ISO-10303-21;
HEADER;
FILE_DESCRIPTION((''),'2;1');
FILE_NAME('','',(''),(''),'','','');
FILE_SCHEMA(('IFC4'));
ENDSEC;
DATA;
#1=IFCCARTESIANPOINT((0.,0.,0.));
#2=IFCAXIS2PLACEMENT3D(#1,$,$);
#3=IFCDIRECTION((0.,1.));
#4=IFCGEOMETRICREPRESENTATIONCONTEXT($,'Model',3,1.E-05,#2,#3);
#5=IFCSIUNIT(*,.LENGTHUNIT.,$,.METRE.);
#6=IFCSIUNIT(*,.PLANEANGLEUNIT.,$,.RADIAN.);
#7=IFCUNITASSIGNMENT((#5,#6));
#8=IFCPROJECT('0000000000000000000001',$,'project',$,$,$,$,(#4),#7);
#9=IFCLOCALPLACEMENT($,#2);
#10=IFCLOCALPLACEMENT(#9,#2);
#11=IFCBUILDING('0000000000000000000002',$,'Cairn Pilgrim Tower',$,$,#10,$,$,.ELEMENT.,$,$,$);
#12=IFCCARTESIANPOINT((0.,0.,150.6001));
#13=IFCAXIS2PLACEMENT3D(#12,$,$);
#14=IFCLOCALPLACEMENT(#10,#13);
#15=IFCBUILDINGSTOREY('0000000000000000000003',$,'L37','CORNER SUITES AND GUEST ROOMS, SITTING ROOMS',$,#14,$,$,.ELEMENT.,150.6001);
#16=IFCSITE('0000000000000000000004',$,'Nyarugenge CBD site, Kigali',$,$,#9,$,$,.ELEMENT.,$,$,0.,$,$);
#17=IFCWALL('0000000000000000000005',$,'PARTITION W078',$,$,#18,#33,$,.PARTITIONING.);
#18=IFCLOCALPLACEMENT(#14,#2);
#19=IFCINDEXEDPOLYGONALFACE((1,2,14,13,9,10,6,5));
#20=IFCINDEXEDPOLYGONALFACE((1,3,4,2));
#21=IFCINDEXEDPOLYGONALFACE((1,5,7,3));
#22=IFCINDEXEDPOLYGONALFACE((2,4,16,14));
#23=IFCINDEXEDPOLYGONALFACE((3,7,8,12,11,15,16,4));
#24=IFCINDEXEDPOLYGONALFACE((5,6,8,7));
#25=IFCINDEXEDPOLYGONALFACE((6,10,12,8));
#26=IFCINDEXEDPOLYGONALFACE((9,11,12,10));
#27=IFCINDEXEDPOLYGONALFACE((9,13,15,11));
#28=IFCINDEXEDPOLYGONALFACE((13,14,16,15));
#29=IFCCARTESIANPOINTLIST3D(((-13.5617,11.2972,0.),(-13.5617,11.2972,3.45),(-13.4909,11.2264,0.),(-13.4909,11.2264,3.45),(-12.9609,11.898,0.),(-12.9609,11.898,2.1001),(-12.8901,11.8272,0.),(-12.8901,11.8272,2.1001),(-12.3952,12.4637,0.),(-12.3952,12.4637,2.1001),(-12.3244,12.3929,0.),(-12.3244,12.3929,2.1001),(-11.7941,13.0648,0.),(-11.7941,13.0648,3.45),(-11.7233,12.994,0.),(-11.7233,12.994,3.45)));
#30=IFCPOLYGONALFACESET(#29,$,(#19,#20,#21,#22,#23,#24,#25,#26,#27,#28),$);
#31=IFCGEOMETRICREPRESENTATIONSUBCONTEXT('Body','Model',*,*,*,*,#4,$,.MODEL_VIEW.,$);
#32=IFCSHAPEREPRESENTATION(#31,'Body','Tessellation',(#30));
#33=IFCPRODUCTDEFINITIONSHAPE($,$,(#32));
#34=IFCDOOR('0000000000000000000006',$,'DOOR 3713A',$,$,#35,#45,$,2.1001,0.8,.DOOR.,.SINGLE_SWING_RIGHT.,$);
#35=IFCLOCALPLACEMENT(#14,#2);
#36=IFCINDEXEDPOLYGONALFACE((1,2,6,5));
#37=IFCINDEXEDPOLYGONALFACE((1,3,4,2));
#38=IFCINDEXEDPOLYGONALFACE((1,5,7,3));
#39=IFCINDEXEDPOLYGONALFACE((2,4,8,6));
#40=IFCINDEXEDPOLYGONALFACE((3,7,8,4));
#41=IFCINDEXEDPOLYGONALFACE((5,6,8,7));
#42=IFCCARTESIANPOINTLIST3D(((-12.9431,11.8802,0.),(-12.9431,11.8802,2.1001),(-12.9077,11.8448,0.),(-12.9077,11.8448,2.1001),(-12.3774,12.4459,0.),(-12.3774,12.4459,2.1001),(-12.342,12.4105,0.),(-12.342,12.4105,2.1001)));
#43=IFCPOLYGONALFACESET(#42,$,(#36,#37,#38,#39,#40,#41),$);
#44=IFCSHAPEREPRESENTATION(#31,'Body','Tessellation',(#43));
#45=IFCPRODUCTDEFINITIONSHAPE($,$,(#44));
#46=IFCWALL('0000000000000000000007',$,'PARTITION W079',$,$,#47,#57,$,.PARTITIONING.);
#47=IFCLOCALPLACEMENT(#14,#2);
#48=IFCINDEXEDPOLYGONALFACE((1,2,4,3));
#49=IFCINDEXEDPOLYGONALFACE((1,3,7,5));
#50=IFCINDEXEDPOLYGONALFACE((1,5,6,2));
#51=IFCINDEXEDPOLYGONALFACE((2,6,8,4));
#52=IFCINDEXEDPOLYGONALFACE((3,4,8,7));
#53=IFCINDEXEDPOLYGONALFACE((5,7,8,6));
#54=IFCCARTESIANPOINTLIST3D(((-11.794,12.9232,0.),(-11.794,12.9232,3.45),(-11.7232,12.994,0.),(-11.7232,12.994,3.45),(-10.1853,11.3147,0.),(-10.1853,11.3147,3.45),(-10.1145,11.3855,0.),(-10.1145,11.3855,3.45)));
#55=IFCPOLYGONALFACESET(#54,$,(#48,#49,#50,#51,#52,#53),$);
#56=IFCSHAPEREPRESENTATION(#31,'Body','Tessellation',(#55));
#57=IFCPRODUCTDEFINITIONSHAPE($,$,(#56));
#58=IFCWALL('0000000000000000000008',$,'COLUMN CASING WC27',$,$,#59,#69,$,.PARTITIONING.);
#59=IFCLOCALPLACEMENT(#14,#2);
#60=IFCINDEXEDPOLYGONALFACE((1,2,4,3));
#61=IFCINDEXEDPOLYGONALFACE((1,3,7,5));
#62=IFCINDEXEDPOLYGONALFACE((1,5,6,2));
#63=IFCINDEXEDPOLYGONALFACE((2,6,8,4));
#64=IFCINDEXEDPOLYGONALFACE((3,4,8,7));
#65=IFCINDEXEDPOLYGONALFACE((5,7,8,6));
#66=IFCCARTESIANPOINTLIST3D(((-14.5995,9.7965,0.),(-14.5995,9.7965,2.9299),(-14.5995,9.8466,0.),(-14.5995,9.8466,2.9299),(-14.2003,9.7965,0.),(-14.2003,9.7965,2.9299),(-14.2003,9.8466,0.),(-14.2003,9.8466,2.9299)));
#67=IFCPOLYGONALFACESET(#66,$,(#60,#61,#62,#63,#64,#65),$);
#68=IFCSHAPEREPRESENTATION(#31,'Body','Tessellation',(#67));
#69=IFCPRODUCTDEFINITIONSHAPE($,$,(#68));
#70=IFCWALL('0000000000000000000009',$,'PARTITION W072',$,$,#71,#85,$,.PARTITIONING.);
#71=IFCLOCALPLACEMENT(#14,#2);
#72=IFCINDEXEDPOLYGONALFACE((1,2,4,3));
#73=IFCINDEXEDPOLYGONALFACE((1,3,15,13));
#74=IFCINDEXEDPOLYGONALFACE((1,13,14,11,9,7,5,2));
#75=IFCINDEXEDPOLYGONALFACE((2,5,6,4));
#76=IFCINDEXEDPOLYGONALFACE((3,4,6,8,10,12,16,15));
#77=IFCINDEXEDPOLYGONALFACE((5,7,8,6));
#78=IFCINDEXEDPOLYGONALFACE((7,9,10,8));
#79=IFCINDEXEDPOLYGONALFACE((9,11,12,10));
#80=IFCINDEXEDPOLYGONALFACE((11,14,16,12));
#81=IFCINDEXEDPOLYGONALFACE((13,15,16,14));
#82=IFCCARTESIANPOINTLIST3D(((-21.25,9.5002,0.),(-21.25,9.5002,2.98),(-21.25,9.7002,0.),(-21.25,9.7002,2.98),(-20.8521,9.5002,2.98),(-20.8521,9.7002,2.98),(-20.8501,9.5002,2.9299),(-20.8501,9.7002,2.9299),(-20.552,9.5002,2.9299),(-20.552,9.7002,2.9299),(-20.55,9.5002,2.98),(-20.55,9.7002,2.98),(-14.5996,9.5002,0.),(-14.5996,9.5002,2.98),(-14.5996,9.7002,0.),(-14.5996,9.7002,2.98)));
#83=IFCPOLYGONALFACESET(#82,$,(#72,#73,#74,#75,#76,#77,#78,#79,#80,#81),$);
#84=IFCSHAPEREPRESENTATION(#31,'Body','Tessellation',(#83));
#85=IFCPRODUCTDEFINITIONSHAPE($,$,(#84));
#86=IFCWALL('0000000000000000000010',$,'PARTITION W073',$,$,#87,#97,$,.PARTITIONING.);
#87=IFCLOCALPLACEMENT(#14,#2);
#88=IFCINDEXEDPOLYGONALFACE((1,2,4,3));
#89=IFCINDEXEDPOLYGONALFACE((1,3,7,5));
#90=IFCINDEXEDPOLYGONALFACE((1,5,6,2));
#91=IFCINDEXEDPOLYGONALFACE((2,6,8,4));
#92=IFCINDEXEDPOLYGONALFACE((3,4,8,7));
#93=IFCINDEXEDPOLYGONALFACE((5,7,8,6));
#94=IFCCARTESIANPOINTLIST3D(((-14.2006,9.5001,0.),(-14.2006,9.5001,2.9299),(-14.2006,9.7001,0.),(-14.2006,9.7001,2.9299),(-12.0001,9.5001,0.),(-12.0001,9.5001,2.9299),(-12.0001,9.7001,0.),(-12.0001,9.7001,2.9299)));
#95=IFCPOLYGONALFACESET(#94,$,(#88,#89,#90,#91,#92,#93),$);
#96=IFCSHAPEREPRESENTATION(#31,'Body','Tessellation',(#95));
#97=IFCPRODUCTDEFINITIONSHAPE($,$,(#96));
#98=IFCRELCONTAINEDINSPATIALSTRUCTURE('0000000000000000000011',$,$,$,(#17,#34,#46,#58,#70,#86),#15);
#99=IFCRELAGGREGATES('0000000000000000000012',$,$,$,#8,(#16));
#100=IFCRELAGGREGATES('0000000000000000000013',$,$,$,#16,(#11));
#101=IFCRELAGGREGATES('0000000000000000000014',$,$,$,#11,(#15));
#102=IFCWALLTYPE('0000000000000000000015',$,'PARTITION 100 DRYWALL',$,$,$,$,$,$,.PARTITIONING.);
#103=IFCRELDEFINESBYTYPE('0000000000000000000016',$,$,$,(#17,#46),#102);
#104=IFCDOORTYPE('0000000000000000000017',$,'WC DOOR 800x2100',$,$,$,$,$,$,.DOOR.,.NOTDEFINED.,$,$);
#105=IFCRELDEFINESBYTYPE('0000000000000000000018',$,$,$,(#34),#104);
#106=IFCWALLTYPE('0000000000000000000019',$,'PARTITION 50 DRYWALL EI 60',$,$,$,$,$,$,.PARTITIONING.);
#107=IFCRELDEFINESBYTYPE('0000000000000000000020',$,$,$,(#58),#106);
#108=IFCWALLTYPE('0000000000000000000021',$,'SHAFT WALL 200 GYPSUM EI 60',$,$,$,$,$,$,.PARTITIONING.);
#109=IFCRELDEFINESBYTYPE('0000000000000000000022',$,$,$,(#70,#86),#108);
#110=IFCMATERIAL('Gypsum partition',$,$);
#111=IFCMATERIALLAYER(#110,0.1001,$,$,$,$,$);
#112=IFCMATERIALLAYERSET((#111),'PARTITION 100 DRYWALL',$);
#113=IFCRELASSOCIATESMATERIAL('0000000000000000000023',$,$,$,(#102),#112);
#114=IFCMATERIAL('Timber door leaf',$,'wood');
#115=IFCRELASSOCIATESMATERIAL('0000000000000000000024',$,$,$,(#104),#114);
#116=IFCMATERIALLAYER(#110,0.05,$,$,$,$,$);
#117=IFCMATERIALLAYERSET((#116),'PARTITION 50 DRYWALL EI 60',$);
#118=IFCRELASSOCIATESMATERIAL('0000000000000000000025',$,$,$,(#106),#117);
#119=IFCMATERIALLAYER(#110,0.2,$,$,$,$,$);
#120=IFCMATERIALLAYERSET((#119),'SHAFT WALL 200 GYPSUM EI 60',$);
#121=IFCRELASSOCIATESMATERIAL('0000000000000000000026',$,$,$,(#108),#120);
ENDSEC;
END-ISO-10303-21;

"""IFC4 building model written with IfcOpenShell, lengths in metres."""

from ifc_helpers import new_model, si_unit, direction, frame, frame_2d, origin, place, context, subcontext, project, spatial, polyline, rectangle, outline, extrude, material, layer, layer_set, type_object, element, fill, save


model = new_model("IFC4")

# Units and contexts
model_context = context("Model", 3, precision=1e-05, world=origin(), true_north=direction((0.0, 1.0)))
body_context = subcontext(model_context, "Body", "Model", "MODEL_VIEW")
ifc_project = project(units=[si_unit("LENGTHUNIT", "METRE"), si_unit("PLANEANGLEUNIT", "RADIAN")], contexts=[model_context])

# Site, building, storey
site_placement = place(None, origin())
site = spatial("IfcSite", under=ifc_project, at=site_placement, Name="Nyarugenge CBD site, Kigali", CompositionType="ELEMENT", RefElevation=0.0)
building_placement = place(site_placement, origin())
building = spatial("IfcBuilding", under=site, at=building_placement, Name="Cairn Pilgrim Tower", CompositionType="ELEMENT")
storey_placement = place(building_placement, frame((0.0, 0.0, 150.6001)))
storey = spatial("IfcBuildingStorey", under=building, at=storey_placement, Name="L37", Description="CORNER SUITES AND GUEST ROOMS, SITTING ROOMS", CompositionType="ELEMENT", Elevation=150.6001)

# Shared definitions
ifc_material_1 = material(Name="Gypsum partition")
ifc_layer_1 = layer(ifc_material_1, 0.1001)
ifc_layer_set_1 = layer_set([ifc_layer_1], Name="PARTITION 100 DRYWALL")
wall_type_1 = type_object("IfcWallType", Name="PARTITION 100 DRYWALL", PredefinedType="PARTITIONING", material=ifc_layer_set_1)

# Wall, opening, door
wall_1_placement = place(storey_placement, frame((-13.5264, 11.2617, 0.0), z_axis=(0.0, 0.0, 1.0), x_axis=(0.707107, 0.707107, 0.0)))
wall_1 = element("IfcWall", 1, at=wall_1_placement, inside=storey, type_object=wall_type_1, Name="PARTITION W078", PredefinedType="PARTITIONING", context=body_context, shape_type="SweptSolid", body=[
    extrude(rectangle(XDim=2.4998, YDim=0.1001, at=frame_2d((1.25, 0.0))), origin(), (0.0, 0.0, 1.0), 3.45),
])
opening_1_placement = place(wall_1_placement, frame((0.8499, 0.0, 0.0)))
opening_1 = element("IfcOpeningElement", 2, at=opening_1_placement, cuts=wall_1, PredefinedType="OPENING", context=body_context, shape_type="SweptSolid", body=[
    extrude(rectangle(XDim=0.8, YDim=2.1001, at=frame_2d((0.3999, 1.05))), frame((0.0, 0.0601, 0.0), z_axis=(0.0, -1.0, 0.0), x_axis=(1.0, 0.0, 0.0)), (0.0, 0.0, 1.0), 0.1201),
])
ifc_material_2 = material(Name="Timber door leaf", Category="wood")
door_type_1 = type_object("IfcDoorType", Name="WC DOOR 800x2100", OperationType="NOTDEFINED", PredefinedType="DOOR", material=ifc_material_2)
door_1_placement = place(opening_1_placement, origin())
door_1 = element("IfcDoor", 3, at=door_1_placement, inside=storey, type_object=door_type_1, Name="DOOR 3713A", OperationType="SINGLE_SWING_RIGHT", OverallHeight=2.1001, OverallWidth=0.8, PredefinedType="DOOR", context=body_context, shape_type="SweptSolid", body=[
    extrude(rectangle(XDim=0.8, YDim=2.1001, at=frame_2d((0.3999, 1.05))), frame((0.0, 0.0249, 0.0), z_axis=(0.0, -1.0, 0.0), x_axis=(1.0, 0.0, 0.0)), (0.0, 0.0, 1.0), 0.05),
])
fill(opening_1, door_1)

# Walls
wall_2_placement = place(storey_placement, frame((-10.1499, 11.3501, 0.0), z_axis=(0.0, 0.0, 1.0), x_axis=(-0.70716, 0.707053, 0.0)))
element("IfcWall", 4, at=wall_2_placement, inside=storey, type_object=wall_type_1, Name="PARTITION W079", PredefinedType="PARTITIONING", context=body_context, shape_type="SweptSolid", body=[
    extrude(rectangle(XDim=2.2749, YDim=0.1001, at=frame_2d((1.1375, 0.0))), origin(), (0.0, 0.0, 1.0), 3.45),
])
ifc_layer_2 = layer(ifc_material_1, 0.05)
ifc_layer_set_2 = layer_set([ifc_layer_2], Name="PARTITION 50 DRYWALL EI 60")
wall_type_2 = type_object("IfcWallType", Name="PARTITION 50 DRYWALL EI 60", PredefinedType="PARTITIONING", material=ifc_layer_set_2)
wall_3_placement = place(storey_placement, frame((-14.5996, 9.8215, 0.0), z_axis=(0.0, 0.0, 1.0), x_axis=(1.0, 0.0, 0.0)))
element("IfcWall", 5, at=wall_3_placement, inside=storey, type_object=wall_type_2, Name="COLUMN CASING WC27", PredefinedType="PARTITIONING", context=body_context, shape_type="SweptSolid", body=[
    extrude(rectangle(XDim=0.3992, YDim=0.05, at=frame_2d((0.1997, 0.0))), origin(), (0.0, 0.0, 1.0), 2.9299),
])
ifc_layer_3 = layer(ifc_material_1, 0.2)
ifc_layer_set_3 = layer_set([ifc_layer_3], Name="SHAFT WALL 200 GYPSUM EI 60")
wall_type_3 = type_object("IfcWallType", Name="SHAFT WALL 200 GYPSUM EI 60", PredefinedType="PARTITIONING", material=ifc_layer_set_3)
wall_4_placement = place(storey_placement, frame((-21.25, 9.6001, 0.0), z_axis=(0.0, 0.0, 1.0), x_axis=(1.0, 0.0, 0.0)))
element("IfcWall", 6, at=wall_4_placement, inside=storey, type_object=wall_type_3, Name="PARTITION W072", PredefinedType="PARTITIONING", context=body_context, shape_type="SweptSolid", body=[
    extrude(outline(polyline([(0.0, 0.0), (6.6504, 0.0), (6.6504, 2.98), (0.7, 2.98), (0.698, 2.9299), (0.3999, 2.9299), (0.3979, 2.98), (0.0, 2.98), (0.0, 0.0)])), frame((0.0, 0.1001, 0.0), z_axis=(0.0, -1.0, 0.0), x_axis=(1.0, 0.0, 0.0)), (0.0, 0.0, 1.0), 0.2),
])
wall_5_placement = place(storey_placement, frame((-14.2004, 9.6001, 0.0), z_axis=(0.0, 0.0, 1.0), x_axis=(1.0, 0.0, 0.0)))
element("IfcWall", 7, at=wall_5_placement, inside=storey, type_object=wall_type_3, Name="PARTITION W073", PredefinedType="PARTITIONING", context=body_context, shape_type="SweptSolid", body=[
    extrude(rectangle(XDim=2.2004, YDim=0.2, at=frame_2d((1.1001, 0.0))), origin(), (0.0, 0.0, 1.0), 2.9299),
])

save(model, "model.ifc")
